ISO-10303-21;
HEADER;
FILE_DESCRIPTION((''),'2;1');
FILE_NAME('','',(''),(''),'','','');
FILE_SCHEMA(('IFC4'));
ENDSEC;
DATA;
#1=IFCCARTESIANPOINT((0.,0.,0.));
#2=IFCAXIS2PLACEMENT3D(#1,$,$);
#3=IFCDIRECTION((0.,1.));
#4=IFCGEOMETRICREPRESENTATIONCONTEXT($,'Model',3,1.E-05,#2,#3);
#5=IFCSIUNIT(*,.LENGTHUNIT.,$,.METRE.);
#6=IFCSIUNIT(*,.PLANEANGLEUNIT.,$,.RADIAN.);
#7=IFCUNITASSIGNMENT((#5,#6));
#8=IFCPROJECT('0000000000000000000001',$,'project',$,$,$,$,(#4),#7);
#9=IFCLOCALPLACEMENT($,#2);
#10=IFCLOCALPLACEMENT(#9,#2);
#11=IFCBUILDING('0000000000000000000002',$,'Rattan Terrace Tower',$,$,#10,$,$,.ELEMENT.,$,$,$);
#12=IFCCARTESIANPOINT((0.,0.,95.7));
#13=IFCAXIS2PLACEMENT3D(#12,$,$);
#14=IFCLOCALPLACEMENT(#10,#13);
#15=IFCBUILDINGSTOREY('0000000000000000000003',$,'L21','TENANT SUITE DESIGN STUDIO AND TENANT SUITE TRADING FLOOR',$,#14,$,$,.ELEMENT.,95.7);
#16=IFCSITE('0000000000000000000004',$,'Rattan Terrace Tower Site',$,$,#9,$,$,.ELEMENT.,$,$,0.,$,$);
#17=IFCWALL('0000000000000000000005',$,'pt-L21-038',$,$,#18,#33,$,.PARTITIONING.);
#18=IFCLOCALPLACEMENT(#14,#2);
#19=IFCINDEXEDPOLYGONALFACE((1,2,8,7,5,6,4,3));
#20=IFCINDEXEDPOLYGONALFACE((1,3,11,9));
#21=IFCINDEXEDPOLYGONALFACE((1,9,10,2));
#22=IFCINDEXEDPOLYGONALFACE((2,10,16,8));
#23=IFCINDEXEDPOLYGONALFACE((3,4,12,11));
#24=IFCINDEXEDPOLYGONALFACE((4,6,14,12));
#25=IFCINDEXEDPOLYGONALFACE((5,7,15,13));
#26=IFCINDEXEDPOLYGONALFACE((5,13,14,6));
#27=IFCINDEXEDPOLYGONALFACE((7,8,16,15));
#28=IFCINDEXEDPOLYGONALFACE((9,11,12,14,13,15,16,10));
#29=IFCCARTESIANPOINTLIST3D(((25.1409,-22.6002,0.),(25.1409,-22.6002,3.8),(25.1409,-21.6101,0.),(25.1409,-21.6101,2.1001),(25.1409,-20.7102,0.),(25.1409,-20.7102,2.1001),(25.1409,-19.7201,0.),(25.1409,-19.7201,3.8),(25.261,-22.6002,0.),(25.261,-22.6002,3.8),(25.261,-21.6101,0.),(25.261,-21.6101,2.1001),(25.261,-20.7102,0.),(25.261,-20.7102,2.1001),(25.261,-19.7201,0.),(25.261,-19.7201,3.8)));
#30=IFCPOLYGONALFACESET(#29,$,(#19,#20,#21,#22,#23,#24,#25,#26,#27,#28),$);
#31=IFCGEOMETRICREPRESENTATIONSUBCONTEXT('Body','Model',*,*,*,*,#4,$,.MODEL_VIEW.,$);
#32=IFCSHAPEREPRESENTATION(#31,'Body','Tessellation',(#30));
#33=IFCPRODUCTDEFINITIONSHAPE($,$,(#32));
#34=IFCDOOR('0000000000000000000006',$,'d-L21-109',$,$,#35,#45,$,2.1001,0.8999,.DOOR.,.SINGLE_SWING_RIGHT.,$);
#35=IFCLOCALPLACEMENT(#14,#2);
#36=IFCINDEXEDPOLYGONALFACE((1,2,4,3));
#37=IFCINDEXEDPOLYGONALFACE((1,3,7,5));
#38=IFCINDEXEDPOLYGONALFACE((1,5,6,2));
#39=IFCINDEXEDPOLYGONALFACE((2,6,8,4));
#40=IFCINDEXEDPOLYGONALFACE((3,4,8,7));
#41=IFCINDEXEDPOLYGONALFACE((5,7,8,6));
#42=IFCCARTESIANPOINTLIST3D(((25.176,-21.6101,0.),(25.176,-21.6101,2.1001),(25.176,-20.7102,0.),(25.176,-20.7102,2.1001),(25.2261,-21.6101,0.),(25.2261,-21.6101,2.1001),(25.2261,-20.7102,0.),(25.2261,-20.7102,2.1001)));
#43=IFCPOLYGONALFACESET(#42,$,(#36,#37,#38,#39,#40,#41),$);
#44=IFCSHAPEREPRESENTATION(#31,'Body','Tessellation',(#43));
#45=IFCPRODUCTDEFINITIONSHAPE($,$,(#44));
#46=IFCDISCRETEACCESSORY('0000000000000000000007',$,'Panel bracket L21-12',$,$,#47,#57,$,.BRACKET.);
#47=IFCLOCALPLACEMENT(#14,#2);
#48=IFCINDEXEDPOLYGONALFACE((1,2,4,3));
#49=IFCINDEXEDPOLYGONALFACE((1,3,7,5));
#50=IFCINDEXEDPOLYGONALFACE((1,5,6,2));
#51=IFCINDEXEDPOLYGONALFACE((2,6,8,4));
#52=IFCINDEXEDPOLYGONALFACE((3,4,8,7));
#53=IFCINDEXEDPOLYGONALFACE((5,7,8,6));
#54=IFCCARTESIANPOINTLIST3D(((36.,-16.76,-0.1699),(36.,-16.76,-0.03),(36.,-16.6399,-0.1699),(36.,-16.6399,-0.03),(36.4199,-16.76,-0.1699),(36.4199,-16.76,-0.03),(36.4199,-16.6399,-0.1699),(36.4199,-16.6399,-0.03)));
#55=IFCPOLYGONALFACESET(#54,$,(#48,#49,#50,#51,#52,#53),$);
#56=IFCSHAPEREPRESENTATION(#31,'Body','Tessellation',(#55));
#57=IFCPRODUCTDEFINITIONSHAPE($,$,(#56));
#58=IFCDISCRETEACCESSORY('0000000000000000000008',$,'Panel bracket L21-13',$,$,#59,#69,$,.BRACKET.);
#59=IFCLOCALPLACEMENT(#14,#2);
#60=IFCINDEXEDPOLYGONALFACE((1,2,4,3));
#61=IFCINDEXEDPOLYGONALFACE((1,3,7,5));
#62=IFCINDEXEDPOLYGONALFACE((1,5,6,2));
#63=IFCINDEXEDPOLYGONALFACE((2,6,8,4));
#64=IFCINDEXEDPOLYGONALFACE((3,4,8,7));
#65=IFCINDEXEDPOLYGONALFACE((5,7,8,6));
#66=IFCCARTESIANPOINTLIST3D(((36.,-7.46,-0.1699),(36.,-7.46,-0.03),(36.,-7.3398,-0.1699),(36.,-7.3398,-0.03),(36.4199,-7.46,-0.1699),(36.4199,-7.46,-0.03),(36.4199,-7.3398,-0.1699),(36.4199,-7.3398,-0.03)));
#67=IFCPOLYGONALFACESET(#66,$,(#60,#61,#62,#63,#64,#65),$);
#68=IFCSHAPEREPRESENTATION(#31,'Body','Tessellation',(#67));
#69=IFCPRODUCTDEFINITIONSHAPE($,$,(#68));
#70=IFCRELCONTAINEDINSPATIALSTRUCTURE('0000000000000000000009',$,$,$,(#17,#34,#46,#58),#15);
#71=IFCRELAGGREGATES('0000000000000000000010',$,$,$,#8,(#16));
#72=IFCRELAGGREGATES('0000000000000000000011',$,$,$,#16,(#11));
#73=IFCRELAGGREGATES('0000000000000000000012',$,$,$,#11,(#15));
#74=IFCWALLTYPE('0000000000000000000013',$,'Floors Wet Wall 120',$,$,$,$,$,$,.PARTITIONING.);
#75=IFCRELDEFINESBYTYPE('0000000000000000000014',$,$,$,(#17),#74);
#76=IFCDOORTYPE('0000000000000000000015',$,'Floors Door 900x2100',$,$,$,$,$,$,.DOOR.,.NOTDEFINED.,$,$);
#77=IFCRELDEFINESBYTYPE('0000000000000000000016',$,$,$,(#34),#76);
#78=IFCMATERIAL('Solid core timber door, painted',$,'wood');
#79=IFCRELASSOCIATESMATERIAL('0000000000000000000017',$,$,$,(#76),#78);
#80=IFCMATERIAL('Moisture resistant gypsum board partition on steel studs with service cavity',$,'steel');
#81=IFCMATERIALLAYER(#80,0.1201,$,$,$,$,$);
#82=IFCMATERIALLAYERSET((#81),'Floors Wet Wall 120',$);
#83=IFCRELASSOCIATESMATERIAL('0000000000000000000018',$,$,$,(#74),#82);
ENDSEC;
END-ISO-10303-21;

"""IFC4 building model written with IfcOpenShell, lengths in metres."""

from ifc_helpers import new_model, si_unit, direction, frame, frame_2d, origin, origin_2d, place, context, subcontext, project, spatial, rectangle, extrude, material, layer, layer_set, type_object, element, fill, save


model = new_model("IFC4")

# Units and contexts
model_context = context("Model", 3, precision=1e-05, world=origin(), true_north=direction((0.0, 1.0)))
body_context = subcontext(model_context, "Body", "Model", "MODEL_VIEW")
ifc_project = project(units=[si_unit("LENGTHUNIT", "METRE"), si_unit("PLANEANGLEUNIT", "RADIAN")], contexts=[model_context])

# Site, building, storey
site_placement = place(None, origin())
site = spatial("IfcSite", under=ifc_project, at=site_placement, Name="Rattan Terrace Tower Site", CompositionType="ELEMENT", RefElevation=0.0)
building_placement = place(site_placement, origin())
building = spatial("IfcBuilding", under=site, at=building_placement, Name="Rattan Terrace Tower", CompositionType="ELEMENT")
storey_placement = place(building_placement, frame((0.0, 0.0, 95.7)))
storey = spatial("IfcBuildingStorey", under=building, at=storey_placement, Name="L21", Description="TENANT SUITE DESIGN STUDIO AND TENANT SUITE TRADING FLOOR", CompositionType="ELEMENT", Elevation=95.7)

# Shared definitions
ifc_material_1 = material(Name="Solid core timber door, painted", Category="wood")
door_type_1 = type_object("IfcDoorType", Name="Floors Door 900x2100", OperationType="NOTDEFINED", PredefinedType="DOOR", material=ifc_material_1)

# Wall, opening, door
ifc_material_2 = material(Name="Moisture resistant gypsum board partition on steel studs with service cavity", Category="steel")
ifc_layer_1 = layer(ifc_material_2, 0.1201)
ifc_layer_set_1 = layer_set([ifc_layer_1], Name="Floors Wet Wall 120")
wall_type_1 = type_object("IfcWallType", Name="Floors Wet Wall 120", PredefinedType="PARTITIONING", material=ifc_layer_set_1)
wall_1_placement = place(storey_placement, frame((25.2009, -22.6001, 0.0), z_axis=(0.0, 0.0, 1.0), x_axis=(0.0, 1.0, 0.0)))
wall_1 = element("IfcWall", 1, at=wall_1_placement, inside=storey, type_object=wall_type_1, Name="pt-L21-038", PredefinedType="PARTITIONING", context=body_context, shape_type="SweptSolid", body=[
    extrude(rectangle(XDim=2.8801, YDim=0.1201, at=frame_2d((1.4399, 0.0))), origin(), (0.0, 0.0, 1.0), 3.8),
])
opening_1_placement = place(wall_1_placement, frame((0.99, 0.0, 0.0)))
opening_1 = element("IfcOpeningElement", 2, at=opening_1_placement, cuts=wall_1, PredefinedType="OPENING", context=body_context, shape_type="SweptSolid", body=[
    extrude(rectangle(XDim=0.8999, YDim=2.1001, at=frame_2d((0.45, 1.05))), frame((0.0, 0.0706, 0.0), z_axis=(0.0, -1.0, 0.0), x_axis=(1.0, 0.0, 0.0)), (0.0, 0.0, 1.0), 0.1411),
])
door_1_placement = place(opening_1_placement, origin())
door_1 = element("IfcDoor", 3, at=door_1_placement, inside=storey, type_object=door_type_1, Name="d-L21-109", OperationType="SINGLE_SWING_RIGHT", OverallHeight=2.1001, OverallWidth=0.8999, PredefinedType="DOOR", context=body_context, shape_type="SweptSolid", body=[
    extrude(rectangle(XDim=0.8999, YDim=2.1001, at=frame_2d((0.45, 1.05))), frame((0.0, 0.0249, 0.0), z_axis=(0.0, -1.0, 0.0), x_axis=(1.0, 0.0, 0.0)), (0.0, 0.0, 1.0), 0.05),
])
fill(opening_1, door_1)

# Discrete accessories
for number, where, z_axis, x_axis, name in (
    (4, (36.21, -16.7, -0.1699), (0.0, 0.0, 1.0), (0.0, 1.0, 0.0), "Panel bracket L21-12"),
    (5, (36.21, -7.3999, -0.1699), (0.0, 0.0, 1.0), (0.0, 1.0, 0.0), "Panel bracket L21-13"),
):
    element("IfcDiscreteAccessory", number, at=place(storey_placement, frame(where, z_axis=z_axis, x_axis=x_axis)), inside=storey, Name=name, PredefinedType="BRACKET", context=body_context, shape_type="SweptSolid", body=[
        extrude(rectangle(XDim=0.1201, YDim=0.4199, at=origin_2d()), origin(), (0.0, 0.0, 1.0), 0.1399),
    ])

save(model, "model.ifc")
